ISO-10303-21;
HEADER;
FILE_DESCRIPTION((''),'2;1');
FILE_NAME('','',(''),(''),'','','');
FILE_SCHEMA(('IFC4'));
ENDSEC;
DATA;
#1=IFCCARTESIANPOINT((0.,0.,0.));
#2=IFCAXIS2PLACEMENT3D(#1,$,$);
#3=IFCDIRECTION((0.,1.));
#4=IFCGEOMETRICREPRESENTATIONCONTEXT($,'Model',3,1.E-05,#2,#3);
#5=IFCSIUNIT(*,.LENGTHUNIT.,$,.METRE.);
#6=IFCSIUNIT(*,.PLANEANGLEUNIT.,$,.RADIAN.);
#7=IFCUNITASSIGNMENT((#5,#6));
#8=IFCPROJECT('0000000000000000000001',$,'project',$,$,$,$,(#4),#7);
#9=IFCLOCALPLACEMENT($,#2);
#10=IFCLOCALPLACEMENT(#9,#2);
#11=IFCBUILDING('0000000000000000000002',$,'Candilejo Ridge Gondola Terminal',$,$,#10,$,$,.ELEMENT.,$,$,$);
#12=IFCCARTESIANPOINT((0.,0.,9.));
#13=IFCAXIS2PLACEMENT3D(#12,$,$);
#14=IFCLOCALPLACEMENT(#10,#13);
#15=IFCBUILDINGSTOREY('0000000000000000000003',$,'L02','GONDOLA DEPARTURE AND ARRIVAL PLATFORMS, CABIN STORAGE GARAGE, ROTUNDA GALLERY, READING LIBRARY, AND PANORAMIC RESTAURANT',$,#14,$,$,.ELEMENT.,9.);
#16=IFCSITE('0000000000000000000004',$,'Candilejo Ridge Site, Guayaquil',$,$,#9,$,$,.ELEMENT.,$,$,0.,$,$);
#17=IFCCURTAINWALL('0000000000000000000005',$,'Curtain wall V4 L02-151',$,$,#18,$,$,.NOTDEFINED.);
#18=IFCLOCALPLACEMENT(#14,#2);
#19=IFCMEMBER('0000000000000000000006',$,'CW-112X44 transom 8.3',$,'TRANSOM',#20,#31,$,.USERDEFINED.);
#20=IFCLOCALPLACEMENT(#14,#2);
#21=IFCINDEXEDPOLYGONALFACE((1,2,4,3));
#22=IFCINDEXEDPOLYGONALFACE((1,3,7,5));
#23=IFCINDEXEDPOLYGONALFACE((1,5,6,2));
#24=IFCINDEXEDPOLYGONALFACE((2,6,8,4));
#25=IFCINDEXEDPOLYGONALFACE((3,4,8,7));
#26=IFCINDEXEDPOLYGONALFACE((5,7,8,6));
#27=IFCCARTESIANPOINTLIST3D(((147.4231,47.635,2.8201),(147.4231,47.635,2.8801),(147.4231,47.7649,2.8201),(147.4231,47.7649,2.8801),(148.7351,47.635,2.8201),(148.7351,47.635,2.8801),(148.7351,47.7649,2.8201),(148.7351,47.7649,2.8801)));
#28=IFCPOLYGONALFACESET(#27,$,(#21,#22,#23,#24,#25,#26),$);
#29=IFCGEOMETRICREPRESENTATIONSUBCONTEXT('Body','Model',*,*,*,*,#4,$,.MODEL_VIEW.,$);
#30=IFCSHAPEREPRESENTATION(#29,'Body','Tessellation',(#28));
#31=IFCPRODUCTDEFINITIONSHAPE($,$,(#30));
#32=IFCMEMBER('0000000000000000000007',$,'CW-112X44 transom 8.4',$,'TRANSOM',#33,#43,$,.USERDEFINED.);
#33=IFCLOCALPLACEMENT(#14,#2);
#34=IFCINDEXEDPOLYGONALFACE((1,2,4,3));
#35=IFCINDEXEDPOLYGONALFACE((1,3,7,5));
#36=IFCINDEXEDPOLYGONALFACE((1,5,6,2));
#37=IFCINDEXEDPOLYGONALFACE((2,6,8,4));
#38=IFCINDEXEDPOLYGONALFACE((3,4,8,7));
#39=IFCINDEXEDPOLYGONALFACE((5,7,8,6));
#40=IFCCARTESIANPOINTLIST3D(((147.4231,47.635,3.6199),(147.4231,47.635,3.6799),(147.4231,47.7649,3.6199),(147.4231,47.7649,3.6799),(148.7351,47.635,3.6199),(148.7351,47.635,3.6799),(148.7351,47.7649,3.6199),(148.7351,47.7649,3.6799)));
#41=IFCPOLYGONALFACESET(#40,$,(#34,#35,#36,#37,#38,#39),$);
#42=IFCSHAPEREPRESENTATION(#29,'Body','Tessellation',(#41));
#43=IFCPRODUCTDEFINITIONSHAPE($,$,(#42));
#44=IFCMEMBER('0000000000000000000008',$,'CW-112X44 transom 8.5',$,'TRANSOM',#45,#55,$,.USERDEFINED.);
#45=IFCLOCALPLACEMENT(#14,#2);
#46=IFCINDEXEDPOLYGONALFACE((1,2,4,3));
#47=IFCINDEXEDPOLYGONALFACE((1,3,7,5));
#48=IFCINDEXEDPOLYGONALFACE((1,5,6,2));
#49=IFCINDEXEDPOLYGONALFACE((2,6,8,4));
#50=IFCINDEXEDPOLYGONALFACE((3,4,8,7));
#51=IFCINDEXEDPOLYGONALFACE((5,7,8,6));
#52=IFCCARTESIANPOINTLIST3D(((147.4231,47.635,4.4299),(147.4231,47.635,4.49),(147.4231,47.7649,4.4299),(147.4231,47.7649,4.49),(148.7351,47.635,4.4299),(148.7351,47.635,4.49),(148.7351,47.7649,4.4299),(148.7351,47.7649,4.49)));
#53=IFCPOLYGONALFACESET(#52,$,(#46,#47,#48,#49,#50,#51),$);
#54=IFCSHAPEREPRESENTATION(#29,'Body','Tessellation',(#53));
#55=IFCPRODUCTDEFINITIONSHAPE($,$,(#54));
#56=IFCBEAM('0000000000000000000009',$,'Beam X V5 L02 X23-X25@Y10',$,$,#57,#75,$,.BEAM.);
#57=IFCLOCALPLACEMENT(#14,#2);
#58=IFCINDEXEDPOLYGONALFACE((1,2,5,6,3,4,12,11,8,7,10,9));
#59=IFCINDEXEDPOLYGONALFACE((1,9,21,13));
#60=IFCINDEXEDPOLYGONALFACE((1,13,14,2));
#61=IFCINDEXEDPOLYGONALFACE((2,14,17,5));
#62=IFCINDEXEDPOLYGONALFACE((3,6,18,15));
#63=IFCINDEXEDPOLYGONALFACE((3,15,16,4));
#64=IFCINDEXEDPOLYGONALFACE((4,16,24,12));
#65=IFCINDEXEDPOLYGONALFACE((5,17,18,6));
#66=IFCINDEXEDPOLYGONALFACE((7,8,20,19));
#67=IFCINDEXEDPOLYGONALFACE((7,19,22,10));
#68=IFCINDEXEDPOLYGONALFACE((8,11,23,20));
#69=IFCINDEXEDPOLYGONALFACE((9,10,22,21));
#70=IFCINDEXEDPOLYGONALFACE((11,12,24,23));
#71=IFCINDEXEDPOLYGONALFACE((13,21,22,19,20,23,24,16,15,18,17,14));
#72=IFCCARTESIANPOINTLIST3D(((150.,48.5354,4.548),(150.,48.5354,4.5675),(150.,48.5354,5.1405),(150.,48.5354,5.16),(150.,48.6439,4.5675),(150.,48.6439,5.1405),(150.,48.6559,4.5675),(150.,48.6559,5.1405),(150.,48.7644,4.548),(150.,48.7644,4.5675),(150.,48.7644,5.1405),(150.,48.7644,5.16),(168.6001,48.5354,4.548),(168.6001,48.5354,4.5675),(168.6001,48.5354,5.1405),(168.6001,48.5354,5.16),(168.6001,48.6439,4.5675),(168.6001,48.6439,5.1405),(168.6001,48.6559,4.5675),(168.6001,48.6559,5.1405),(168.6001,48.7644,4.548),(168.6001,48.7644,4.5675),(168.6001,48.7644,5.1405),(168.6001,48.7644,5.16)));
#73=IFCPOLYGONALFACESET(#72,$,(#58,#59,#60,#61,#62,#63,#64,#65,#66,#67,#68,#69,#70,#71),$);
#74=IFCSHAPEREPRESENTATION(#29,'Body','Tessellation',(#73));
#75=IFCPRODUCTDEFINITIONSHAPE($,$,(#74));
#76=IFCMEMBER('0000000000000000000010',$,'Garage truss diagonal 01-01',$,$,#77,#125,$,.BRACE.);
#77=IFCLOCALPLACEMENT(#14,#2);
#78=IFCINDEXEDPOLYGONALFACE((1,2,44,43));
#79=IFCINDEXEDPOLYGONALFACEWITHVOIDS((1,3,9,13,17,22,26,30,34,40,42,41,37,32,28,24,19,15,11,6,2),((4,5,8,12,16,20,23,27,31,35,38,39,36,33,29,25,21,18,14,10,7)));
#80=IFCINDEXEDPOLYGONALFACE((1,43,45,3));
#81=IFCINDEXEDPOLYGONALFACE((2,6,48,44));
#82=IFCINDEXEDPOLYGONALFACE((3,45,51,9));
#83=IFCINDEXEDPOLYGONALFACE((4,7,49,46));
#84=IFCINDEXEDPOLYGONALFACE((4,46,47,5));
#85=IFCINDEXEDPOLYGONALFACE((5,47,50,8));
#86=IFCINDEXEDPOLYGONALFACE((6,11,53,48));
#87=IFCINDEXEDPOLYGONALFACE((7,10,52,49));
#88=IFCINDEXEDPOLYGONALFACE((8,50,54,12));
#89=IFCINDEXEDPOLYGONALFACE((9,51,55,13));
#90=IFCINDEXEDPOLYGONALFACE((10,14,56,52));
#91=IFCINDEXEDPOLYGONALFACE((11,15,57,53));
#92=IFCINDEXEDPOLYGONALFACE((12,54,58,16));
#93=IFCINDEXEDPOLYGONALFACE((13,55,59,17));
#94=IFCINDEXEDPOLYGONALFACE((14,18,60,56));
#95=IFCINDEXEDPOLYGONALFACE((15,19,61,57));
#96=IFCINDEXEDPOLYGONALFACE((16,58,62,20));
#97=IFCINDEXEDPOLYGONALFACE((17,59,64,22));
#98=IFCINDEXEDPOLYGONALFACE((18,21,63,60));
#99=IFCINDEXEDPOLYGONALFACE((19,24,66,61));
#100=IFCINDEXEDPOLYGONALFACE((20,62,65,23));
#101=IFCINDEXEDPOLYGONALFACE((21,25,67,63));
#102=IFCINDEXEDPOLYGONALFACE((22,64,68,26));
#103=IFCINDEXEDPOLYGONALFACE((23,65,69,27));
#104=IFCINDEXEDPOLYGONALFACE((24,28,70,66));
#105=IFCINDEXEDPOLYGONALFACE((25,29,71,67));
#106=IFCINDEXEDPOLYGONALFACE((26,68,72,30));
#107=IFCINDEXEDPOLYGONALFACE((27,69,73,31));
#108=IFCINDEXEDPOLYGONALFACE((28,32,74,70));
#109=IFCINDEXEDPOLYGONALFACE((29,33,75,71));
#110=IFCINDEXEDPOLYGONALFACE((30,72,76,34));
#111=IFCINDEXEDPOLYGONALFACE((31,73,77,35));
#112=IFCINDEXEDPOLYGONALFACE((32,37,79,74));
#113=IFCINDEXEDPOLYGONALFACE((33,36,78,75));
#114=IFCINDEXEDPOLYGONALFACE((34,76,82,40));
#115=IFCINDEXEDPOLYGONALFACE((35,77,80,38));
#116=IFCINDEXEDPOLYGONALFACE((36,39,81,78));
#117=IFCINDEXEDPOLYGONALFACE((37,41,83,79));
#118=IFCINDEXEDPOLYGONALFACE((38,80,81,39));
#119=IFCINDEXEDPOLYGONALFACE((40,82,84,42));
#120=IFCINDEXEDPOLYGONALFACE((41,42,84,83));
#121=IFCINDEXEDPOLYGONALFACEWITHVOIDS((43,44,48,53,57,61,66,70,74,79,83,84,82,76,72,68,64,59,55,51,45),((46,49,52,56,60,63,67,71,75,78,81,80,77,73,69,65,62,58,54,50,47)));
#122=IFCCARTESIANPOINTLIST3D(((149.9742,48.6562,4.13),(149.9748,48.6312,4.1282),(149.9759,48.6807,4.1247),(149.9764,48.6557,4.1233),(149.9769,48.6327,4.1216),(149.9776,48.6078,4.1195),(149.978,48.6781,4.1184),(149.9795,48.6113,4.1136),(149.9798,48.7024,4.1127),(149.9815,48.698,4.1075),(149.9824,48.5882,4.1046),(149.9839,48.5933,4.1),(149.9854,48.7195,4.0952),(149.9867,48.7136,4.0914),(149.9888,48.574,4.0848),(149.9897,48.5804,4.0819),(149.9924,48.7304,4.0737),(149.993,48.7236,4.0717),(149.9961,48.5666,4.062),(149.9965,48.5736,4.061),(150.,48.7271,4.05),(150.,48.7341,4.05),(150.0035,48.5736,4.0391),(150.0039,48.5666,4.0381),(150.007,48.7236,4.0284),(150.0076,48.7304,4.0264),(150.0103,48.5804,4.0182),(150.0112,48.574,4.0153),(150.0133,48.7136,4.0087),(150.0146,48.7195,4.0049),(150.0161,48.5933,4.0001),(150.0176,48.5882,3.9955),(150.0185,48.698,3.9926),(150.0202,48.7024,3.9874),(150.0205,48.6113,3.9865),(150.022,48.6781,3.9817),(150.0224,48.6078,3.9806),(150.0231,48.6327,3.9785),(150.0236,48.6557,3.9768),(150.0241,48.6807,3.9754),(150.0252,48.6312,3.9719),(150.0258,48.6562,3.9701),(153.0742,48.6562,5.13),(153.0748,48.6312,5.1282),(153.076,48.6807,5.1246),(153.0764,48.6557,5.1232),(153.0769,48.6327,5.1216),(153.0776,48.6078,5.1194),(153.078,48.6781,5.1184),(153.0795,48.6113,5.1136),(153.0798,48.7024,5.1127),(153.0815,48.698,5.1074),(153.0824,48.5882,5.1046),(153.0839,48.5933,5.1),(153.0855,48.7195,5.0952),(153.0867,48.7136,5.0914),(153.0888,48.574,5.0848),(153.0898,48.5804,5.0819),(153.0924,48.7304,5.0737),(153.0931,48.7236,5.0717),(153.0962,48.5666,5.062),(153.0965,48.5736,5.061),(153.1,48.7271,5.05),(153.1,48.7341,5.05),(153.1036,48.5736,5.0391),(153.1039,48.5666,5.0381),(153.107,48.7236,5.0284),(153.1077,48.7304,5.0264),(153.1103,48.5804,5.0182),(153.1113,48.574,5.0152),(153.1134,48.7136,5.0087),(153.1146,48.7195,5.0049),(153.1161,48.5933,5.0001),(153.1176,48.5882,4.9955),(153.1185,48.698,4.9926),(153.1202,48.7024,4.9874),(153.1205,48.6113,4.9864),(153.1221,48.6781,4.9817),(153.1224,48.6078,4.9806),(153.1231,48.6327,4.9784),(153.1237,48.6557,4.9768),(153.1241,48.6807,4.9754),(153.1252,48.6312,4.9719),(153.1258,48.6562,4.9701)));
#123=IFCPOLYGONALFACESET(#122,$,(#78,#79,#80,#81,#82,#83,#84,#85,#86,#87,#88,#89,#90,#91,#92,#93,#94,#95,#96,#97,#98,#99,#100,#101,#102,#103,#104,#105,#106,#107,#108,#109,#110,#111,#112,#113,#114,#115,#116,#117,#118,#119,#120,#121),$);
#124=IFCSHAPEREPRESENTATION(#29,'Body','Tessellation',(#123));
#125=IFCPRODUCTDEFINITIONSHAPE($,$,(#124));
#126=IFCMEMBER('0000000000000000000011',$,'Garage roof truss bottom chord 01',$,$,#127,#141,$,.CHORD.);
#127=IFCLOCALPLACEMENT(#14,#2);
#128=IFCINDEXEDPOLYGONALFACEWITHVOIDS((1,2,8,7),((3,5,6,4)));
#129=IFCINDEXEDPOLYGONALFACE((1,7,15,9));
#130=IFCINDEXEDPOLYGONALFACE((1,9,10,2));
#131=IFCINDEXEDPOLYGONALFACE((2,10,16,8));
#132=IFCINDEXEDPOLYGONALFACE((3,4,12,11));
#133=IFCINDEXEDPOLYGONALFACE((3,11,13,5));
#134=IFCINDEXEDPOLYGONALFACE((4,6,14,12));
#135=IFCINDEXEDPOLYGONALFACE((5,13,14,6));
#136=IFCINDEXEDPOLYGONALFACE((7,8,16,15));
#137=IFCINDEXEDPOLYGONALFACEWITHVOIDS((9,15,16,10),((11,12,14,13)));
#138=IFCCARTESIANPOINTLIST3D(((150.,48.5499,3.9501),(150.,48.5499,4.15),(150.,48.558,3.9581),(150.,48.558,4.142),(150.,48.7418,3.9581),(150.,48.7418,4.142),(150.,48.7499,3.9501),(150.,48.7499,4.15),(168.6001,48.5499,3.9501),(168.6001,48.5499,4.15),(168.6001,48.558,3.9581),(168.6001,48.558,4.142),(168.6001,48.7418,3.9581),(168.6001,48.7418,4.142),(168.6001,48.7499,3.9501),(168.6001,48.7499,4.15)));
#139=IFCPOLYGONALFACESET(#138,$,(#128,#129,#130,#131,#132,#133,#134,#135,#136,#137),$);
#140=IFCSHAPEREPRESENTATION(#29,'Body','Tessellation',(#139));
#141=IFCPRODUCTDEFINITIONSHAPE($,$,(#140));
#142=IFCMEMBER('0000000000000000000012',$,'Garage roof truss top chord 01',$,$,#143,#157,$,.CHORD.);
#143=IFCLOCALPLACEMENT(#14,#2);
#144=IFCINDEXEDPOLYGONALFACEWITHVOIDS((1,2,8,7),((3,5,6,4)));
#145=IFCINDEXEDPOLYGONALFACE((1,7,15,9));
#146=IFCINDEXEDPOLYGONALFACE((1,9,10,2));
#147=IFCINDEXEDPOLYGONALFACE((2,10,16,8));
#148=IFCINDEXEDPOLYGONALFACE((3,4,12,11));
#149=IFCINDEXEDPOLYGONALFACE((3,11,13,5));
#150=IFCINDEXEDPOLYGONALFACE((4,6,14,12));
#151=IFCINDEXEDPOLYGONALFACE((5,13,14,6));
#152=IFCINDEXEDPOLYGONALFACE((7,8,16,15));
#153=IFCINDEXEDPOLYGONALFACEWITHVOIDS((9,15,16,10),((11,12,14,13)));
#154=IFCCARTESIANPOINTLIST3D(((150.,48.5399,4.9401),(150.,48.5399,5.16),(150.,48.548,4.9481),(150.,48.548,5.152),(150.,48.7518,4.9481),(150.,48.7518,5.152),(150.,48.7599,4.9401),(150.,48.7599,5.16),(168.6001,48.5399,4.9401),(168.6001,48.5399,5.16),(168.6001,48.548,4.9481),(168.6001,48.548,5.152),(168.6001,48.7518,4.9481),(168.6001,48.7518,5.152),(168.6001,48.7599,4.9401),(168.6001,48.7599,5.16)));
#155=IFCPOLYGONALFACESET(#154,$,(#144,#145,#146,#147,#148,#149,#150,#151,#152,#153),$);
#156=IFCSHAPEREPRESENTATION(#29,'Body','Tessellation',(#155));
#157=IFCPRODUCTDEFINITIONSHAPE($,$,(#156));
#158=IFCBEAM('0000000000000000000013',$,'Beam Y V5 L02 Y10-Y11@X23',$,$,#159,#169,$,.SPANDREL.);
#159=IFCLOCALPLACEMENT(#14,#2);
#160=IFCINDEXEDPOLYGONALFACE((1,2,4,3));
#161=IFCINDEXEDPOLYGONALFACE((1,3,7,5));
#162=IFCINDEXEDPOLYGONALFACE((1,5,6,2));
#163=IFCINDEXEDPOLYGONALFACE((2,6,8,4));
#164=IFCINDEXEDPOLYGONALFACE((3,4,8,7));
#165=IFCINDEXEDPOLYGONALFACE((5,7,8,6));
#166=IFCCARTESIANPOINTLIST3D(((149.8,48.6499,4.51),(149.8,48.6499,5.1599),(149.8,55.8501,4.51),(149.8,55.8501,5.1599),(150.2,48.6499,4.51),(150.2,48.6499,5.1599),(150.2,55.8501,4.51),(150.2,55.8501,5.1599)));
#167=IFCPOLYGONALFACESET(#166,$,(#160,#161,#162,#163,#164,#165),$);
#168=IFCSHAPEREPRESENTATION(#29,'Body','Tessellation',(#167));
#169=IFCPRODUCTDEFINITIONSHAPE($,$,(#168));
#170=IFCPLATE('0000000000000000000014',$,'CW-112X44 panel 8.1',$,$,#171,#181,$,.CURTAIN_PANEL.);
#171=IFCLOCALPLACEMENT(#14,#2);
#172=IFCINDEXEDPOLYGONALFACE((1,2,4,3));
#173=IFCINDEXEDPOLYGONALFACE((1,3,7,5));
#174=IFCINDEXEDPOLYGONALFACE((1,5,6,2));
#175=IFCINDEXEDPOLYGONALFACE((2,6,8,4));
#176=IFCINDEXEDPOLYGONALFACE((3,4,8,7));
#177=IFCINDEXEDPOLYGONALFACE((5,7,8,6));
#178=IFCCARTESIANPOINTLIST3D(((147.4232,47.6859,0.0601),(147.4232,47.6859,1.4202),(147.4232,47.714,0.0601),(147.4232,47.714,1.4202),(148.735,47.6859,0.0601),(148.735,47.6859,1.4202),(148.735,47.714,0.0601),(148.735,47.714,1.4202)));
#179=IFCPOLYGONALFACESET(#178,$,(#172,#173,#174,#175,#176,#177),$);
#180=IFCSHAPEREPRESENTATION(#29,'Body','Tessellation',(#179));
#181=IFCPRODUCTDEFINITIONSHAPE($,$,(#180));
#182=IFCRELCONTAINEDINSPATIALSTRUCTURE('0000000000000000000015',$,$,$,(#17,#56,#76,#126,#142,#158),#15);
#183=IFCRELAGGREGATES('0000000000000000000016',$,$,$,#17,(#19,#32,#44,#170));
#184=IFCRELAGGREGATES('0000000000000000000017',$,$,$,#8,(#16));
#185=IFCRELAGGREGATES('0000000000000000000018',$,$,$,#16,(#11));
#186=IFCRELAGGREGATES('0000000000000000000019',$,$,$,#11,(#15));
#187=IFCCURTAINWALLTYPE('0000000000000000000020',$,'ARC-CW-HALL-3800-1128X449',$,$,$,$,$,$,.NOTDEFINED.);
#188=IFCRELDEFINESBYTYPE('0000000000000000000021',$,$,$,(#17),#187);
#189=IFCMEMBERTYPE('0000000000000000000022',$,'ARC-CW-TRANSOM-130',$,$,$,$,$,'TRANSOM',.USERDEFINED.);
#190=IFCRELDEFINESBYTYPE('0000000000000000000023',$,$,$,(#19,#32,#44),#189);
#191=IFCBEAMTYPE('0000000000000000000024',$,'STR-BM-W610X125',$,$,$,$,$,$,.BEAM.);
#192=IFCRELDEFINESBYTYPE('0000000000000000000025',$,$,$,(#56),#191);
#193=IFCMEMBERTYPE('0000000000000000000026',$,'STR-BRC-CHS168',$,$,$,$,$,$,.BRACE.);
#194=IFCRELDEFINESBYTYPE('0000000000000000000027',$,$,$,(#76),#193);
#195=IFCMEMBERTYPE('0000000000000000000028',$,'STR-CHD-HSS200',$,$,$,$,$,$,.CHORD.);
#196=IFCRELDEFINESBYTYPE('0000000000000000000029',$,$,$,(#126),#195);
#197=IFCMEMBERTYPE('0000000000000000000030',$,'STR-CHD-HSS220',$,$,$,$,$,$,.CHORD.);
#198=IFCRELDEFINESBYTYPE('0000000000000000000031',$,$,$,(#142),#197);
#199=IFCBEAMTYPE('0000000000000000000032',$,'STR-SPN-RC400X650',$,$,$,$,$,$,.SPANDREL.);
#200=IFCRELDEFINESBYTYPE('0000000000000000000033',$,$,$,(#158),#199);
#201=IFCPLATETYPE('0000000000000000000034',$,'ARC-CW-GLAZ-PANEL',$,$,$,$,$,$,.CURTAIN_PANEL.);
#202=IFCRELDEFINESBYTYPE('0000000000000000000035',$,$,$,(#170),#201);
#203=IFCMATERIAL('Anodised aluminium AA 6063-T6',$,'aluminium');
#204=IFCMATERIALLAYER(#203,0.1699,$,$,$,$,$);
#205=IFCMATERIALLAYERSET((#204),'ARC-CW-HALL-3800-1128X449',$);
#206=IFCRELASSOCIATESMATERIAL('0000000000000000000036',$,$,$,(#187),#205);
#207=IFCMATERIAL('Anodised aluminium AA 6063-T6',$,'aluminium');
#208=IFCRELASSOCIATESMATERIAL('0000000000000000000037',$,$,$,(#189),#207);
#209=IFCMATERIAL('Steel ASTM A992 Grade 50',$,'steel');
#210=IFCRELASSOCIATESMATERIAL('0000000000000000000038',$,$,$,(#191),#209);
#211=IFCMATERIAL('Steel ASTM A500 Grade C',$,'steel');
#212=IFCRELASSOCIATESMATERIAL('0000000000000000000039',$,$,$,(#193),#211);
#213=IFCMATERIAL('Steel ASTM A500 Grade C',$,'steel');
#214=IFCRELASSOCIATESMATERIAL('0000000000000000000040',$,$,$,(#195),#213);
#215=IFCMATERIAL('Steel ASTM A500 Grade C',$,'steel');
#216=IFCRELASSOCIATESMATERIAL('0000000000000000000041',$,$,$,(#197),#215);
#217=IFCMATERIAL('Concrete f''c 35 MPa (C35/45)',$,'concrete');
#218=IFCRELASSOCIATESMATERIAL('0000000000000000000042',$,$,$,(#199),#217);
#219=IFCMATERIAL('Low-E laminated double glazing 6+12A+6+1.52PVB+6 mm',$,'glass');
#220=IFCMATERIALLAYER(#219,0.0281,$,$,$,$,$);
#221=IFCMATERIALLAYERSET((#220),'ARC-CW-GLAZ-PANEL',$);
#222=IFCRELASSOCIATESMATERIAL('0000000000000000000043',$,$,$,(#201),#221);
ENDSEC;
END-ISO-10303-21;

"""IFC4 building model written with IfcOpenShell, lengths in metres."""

from ifc_helpers import new_model, si_unit, direction, frame, origin, origin_2d, place, context, subcontext, project, spatial, rectangle, hollow_rectangle, hollow_circle, i_section, extrude, material, layer, layer_set, material_profile, profile_set, type_object, element, aggregate, save


model = new_model("IFC4")

# Units and contexts
model_context = context("Model", 3, precision=1e-05, world=origin(), true_north=direction((0.0, 1.0)))
body_context = subcontext(model_context, "Body", "Model", "MODEL_VIEW")
ifc_project = project(units=[si_unit("LENGTHUNIT", "METRE"), si_unit("PLANEANGLEUNIT", "RADIAN")], contexts=[model_context])

# Site, building, storey
site_placement = place(None, origin())
site = spatial("IfcSite", under=ifc_project, at=site_placement, Name="Candilejo Ridge Site, Guayaquil", CompositionType="ELEMENT", RefElevation=0.0)
building_placement = place(site_placement, origin())
building = spatial("IfcBuilding", under=site, at=building_placement, Name="Candilejo Ridge Gondola Terminal", CompositionType="ELEMENT")
storey_placement = place(building_placement, frame((0.0, 0.0, 9.0)))
storey = spatial("IfcBuildingStorey", under=building, at=storey_placement, Name="L02", Description="GONDOLA DEPARTURE AND ARRIVAL PLATFORMS, CABIN STORAGE GARAGE, ROTUNDA GALLERY, READING LIBRARY, AND PANORAMIC RESTAURANT", CompositionType="ELEMENT", Elevation=9.0)

# Curtain wall
ifc_material_1 = material(Name="Anodised aluminium AA 6063-T6", Category="aluminium")
ifc_layer_1 = layer(ifc_material_1, 0.1699)
ifc_layer_set_1 = layer_set([ifc_layer_1], Name="ARC-CW-HALL-3800-1128X449")
curtain_wall_type_1 = type_object("IfcCurtainWallType", Name="ARC-CW-HALL-3800-1128X449", PredefinedType="NOTDEFINED", material=ifc_layer_set_1)
curtain_wall_1_placement = place(storey_placement, origin())
curtain_wall_1 = element("IfcCurtainWall", 1, at=curtain_wall_1_placement, inside=storey, type_object=curtain_wall_type_1, Name="Curtain wall V4 L02-151", PredefinedType="NOTDEFINED")

# Members
ifc_material_2 = material(Name="Anodised aluminium AA 6063-T6", Category="aluminium")
ifc_material_profile_1 = material_profile(ifc_material_2, rectangle(XDim=0.1299, YDim=0.0601, at=origin_2d()))
ifc_profile_set_1 = profile_set([ifc_material_profile_1], Name="Anodised aluminium AA 6063-T6")
member_type_1 = type_object("IfcMemberType", Name="ARC-CW-TRANSOM-130", ElementType="TRANSOM", PredefinedType="USERDEFINED", material=ifc_profile_set_1)
member_1_placement = place(storey_placement, frame((147.4231, 47.7, 2.8501), z_axis=(1.0, 0.0, 0.0), x_axis=(0.0, 1.0, 0.0)))
member_1 = element("IfcMember", 2, at=member_1_placement, type_object=member_type_1, Name="CW-112X44 transom 8.3", ObjectType="TRANSOM", PredefinedType="USERDEFINED", context=body_context, shape_type="SweptSolid", body=[
    extrude(rectangle(XDim=0.1299, YDim=0.0601, at=origin_2d()), origin(), (0.0, 0.0, 1.0), 1.312),
])
member_2_placement = place(storey_placement, frame((147.4231, 47.7, 3.6499), z_axis=(1.0, 0.0, 0.0), x_axis=(0.0, 1.0, 0.0)))
member_2 = element("IfcMember", 3, at=member_2_placement, type_object=member_type_1, Name="CW-112X44 transom 8.4", ObjectType="TRANSOM", PredefinedType="USERDEFINED", context=body_context, shape_type="SweptSolid", body=[
    extrude(rectangle(XDim=0.1299, YDim=0.0601, at=origin_2d()), origin(), (0.0, 0.0, 1.0), 1.312),
])
member_3_placement = place(storey_placement, frame((147.4231, 47.7, 4.46), z_axis=(1.0, 0.0, 0.0), x_axis=(0.0, 1.0, 0.0)))
member_3 = element("IfcMember", 4, at=member_3_placement, type_object=member_type_1, Name="CW-112X44 transom 8.5", ObjectType="TRANSOM", PredefinedType="USERDEFINED", context=body_context, shape_type="SweptSolid", body=[
    extrude(rectangle(XDim=0.1299, YDim=0.0601, at=origin_2d()), origin(), (0.0, 0.0, 1.0), 1.312),
])

# Beam
ifc_material_3 = material(Name="Steel ASTM A992 Grade 50", Category="steel")
ifc_material_profile_2 = material_profile(ifc_material_3, i_section(OverallWidth=0.229, OverallDepth=0.6121, WebThickness=0.012, FlangeThickness=0.0195, at=origin_2d()))
ifc_profile_set_2 = profile_set([ifc_material_profile_2], Name="Steel ASTM A992 Grade 50")
beam_type_1 = type_object("IfcBeamType", Name="STR-BM-W610X125", PredefinedType="BEAM", material=ifc_profile_set_2)
beam_1_placement = place(storey_placement, frame((150.0, 48.6499, 4.854), z_axis=(1.0, 0.0, 0.0), x_axis=(0.0, 1.0, 0.0)))
element("IfcBeam", 5, at=beam_1_placement, inside=storey, type_object=beam_type_1, Name="Beam X V5 L02 X23-X25@Y10", PredefinedType="BEAM", context=body_context, shape_type="SweptSolid", body=[
    extrude(i_section(OverallWidth=0.229, OverallDepth=0.6121, WebThickness=0.012, FlangeThickness=0.0195, at=origin_2d()), origin(), (0.0, 0.0, 1.0), 18.6001),
])

# Members
ifc_material_4 = material(Name="Steel ASTM A500 Grade C", Category="steel")
ifc_material_profile_3 = material_profile(ifc_material_4, hollow_circle(Radius=0.0842, WallThickness=0.0071, at=origin_2d()))
ifc_profile_set_3 = profile_set([ifc_material_profile_3], Name="Steel ASTM A500 Grade C")
member_type_2 = type_object("IfcMemberType", Name="STR-BRC-CHS168", PredefinedType="BRACE", material=ifc_profile_set_3)
member_4_placement = place(storey_placement, frame((150.0, 48.6499, 4.05), z_axis=(0.951711, 0.0, 0.306994), x_axis=(0.0, 1.0, 0.0)))
element("IfcMember", 6, at=member_4_placement, inside=storey, type_object=member_type_2, Name="Garage truss diagonal 01-01", PredefinedType="BRACE", context=body_context, shape_type="SweptSolid", body=[
    extrude(hollow_circle(Radius=0.0842, WallThickness=0.0071, at=origin_2d()), origin(), (0.0, 0.0, 1.0), 3.2573),
])
ifc_material_5 = material(Name="Steel ASTM A500 Grade C", Category="steel")
ifc_material_profile_4 = material_profile(ifc_material_5, hollow_rectangle(XDim=0.2, YDim=0.2, WallThickness=0.0081, at=origin_2d()))
ifc_profile_set_4 = profile_set([ifc_material_profile_4], Name="Steel ASTM A500 Grade C")
member_type_3 = type_object("IfcMemberType", Name="STR-CHD-HSS200", PredefinedType="CHORD", material=ifc_profile_set_4)
member_5_placement = place(storey_placement, frame((150.0, 48.6499, 4.05), z_axis=(1.0, 0.0, 0.0), x_axis=(0.0, 1.0, 0.0)))
element("IfcMember", 7, at=member_5_placement, inside=storey, type_object=member_type_3, Name="Garage roof truss bottom chord 01", PredefinedType="CHORD", context=body_context, shape_type="SweptSolid", body=[
    extrude(hollow_rectangle(XDim=0.2, YDim=0.2, WallThickness=0.0081, at=origin_2d()), origin(), (0.0, 0.0, 1.0), 18.6001),
])
ifc_material_6 = material(Name="Steel ASTM A500 Grade C", Category="steel")
ifc_material_profile_5 = material_profile(ifc_material_6, hollow_rectangle(XDim=0.22, YDim=0.22, WallThickness=0.0081, at=origin_2d()))
ifc_profile_set_5 = profile_set([ifc_material_profile_5], Name="Steel ASTM A500 Grade C")
member_type_4 = type_object("IfcMemberType", Name="STR-CHD-HSS220", PredefinedType="CHORD", material=ifc_profile_set_5)
member_6_placement = place(storey_placement, frame((150.0, 48.6499, 5.05), z_axis=(1.0, 0.0, 0.0), x_axis=(0.0, 1.0, 0.0)))
element("IfcMember", 8, at=member_6_placement, inside=storey, type_object=member_type_4, Name="Garage roof truss top chord 01", PredefinedType="CHORD", context=body_context, shape_type="SweptSolid", body=[
    extrude(hollow_rectangle(XDim=0.22, YDim=0.22, WallThickness=0.0081, at=origin_2d()), origin(), (0.0, 0.0, 1.0), 18.6001),
])

# Beam
ifc_material_7 = material(Name="Concrete f'c 35 MPa (C35/45)", Category="concrete")
ifc_material_profile_6 = material_profile(ifc_material_7, rectangle(XDim=0.3999, YDim=0.6499, at=origin_2d()))
ifc_profile_set_6 = profile_set([ifc_material_profile_6], Name="Concrete f'c 35 MPa (C35/45)")
beam_type_2 = type_object("IfcBeamType", Name="STR-SPN-RC400X650", PredefinedType="SPANDREL", material=ifc_profile_set_6)
beam_2_placement = place(storey_placement, frame((150.0, 48.6499, 4.835), z_axis=(0.0, 1.0, 0.0), x_axis=(-1.0, 0.0, 0.0)))
element("IfcBeam", 9, at=beam_2_placement, inside=storey, type_object=beam_type_2, Name="Beam Y V5 L02 Y10-Y11@X23", PredefinedType="SPANDREL", context=body_context, shape_type="SweptSolid", body=[
    extrude(rectangle(XDim=0.3999, YDim=0.6499, at=origin_2d()), origin(), (0.0, 0.0, 1.0), 7.2002),
])

# Plate
ifc_material_8 = material(Name="Low-E laminated double glazing 6+12A+6+1.52PVB+6 mm", Category="glass")
ifc_layer_2 = layer(ifc_material_8, 0.0281)
ifc_layer_set_2 = layer_set([ifc_layer_2], Name="ARC-CW-GLAZ-PANEL")
plate_type_1 = type_object("IfcPlateType", Name="ARC-CW-GLAZ-PANEL", PredefinedType="CURTAIN_PANEL", material=ifc_layer_set_2)
plate_1_placement = place(storey_placement, frame((148.0791, 47.7, 0.0601), z_axis=(0.0, 0.0, 1.0), x_axis=(1.0, 0.0, 0.0)))
plate_1 = element("IfcPlate", 10, at=plate_1_placement, type_object=plate_type_1, Name="CW-112X44 panel 8.1", PredefinedType="CURTAIN_PANEL", context=body_context, shape_type="SweptSolid", body=[
    extrude(rectangle(XDim=1.3118, YDim=0.0281, at=origin_2d()), origin(), (0.0, 0.0, 1.0), 1.3601),
])
aggregate(curtain_wall_1, [member_1, member_2, member_3, plate_1])

save(model, "model.ifc")
